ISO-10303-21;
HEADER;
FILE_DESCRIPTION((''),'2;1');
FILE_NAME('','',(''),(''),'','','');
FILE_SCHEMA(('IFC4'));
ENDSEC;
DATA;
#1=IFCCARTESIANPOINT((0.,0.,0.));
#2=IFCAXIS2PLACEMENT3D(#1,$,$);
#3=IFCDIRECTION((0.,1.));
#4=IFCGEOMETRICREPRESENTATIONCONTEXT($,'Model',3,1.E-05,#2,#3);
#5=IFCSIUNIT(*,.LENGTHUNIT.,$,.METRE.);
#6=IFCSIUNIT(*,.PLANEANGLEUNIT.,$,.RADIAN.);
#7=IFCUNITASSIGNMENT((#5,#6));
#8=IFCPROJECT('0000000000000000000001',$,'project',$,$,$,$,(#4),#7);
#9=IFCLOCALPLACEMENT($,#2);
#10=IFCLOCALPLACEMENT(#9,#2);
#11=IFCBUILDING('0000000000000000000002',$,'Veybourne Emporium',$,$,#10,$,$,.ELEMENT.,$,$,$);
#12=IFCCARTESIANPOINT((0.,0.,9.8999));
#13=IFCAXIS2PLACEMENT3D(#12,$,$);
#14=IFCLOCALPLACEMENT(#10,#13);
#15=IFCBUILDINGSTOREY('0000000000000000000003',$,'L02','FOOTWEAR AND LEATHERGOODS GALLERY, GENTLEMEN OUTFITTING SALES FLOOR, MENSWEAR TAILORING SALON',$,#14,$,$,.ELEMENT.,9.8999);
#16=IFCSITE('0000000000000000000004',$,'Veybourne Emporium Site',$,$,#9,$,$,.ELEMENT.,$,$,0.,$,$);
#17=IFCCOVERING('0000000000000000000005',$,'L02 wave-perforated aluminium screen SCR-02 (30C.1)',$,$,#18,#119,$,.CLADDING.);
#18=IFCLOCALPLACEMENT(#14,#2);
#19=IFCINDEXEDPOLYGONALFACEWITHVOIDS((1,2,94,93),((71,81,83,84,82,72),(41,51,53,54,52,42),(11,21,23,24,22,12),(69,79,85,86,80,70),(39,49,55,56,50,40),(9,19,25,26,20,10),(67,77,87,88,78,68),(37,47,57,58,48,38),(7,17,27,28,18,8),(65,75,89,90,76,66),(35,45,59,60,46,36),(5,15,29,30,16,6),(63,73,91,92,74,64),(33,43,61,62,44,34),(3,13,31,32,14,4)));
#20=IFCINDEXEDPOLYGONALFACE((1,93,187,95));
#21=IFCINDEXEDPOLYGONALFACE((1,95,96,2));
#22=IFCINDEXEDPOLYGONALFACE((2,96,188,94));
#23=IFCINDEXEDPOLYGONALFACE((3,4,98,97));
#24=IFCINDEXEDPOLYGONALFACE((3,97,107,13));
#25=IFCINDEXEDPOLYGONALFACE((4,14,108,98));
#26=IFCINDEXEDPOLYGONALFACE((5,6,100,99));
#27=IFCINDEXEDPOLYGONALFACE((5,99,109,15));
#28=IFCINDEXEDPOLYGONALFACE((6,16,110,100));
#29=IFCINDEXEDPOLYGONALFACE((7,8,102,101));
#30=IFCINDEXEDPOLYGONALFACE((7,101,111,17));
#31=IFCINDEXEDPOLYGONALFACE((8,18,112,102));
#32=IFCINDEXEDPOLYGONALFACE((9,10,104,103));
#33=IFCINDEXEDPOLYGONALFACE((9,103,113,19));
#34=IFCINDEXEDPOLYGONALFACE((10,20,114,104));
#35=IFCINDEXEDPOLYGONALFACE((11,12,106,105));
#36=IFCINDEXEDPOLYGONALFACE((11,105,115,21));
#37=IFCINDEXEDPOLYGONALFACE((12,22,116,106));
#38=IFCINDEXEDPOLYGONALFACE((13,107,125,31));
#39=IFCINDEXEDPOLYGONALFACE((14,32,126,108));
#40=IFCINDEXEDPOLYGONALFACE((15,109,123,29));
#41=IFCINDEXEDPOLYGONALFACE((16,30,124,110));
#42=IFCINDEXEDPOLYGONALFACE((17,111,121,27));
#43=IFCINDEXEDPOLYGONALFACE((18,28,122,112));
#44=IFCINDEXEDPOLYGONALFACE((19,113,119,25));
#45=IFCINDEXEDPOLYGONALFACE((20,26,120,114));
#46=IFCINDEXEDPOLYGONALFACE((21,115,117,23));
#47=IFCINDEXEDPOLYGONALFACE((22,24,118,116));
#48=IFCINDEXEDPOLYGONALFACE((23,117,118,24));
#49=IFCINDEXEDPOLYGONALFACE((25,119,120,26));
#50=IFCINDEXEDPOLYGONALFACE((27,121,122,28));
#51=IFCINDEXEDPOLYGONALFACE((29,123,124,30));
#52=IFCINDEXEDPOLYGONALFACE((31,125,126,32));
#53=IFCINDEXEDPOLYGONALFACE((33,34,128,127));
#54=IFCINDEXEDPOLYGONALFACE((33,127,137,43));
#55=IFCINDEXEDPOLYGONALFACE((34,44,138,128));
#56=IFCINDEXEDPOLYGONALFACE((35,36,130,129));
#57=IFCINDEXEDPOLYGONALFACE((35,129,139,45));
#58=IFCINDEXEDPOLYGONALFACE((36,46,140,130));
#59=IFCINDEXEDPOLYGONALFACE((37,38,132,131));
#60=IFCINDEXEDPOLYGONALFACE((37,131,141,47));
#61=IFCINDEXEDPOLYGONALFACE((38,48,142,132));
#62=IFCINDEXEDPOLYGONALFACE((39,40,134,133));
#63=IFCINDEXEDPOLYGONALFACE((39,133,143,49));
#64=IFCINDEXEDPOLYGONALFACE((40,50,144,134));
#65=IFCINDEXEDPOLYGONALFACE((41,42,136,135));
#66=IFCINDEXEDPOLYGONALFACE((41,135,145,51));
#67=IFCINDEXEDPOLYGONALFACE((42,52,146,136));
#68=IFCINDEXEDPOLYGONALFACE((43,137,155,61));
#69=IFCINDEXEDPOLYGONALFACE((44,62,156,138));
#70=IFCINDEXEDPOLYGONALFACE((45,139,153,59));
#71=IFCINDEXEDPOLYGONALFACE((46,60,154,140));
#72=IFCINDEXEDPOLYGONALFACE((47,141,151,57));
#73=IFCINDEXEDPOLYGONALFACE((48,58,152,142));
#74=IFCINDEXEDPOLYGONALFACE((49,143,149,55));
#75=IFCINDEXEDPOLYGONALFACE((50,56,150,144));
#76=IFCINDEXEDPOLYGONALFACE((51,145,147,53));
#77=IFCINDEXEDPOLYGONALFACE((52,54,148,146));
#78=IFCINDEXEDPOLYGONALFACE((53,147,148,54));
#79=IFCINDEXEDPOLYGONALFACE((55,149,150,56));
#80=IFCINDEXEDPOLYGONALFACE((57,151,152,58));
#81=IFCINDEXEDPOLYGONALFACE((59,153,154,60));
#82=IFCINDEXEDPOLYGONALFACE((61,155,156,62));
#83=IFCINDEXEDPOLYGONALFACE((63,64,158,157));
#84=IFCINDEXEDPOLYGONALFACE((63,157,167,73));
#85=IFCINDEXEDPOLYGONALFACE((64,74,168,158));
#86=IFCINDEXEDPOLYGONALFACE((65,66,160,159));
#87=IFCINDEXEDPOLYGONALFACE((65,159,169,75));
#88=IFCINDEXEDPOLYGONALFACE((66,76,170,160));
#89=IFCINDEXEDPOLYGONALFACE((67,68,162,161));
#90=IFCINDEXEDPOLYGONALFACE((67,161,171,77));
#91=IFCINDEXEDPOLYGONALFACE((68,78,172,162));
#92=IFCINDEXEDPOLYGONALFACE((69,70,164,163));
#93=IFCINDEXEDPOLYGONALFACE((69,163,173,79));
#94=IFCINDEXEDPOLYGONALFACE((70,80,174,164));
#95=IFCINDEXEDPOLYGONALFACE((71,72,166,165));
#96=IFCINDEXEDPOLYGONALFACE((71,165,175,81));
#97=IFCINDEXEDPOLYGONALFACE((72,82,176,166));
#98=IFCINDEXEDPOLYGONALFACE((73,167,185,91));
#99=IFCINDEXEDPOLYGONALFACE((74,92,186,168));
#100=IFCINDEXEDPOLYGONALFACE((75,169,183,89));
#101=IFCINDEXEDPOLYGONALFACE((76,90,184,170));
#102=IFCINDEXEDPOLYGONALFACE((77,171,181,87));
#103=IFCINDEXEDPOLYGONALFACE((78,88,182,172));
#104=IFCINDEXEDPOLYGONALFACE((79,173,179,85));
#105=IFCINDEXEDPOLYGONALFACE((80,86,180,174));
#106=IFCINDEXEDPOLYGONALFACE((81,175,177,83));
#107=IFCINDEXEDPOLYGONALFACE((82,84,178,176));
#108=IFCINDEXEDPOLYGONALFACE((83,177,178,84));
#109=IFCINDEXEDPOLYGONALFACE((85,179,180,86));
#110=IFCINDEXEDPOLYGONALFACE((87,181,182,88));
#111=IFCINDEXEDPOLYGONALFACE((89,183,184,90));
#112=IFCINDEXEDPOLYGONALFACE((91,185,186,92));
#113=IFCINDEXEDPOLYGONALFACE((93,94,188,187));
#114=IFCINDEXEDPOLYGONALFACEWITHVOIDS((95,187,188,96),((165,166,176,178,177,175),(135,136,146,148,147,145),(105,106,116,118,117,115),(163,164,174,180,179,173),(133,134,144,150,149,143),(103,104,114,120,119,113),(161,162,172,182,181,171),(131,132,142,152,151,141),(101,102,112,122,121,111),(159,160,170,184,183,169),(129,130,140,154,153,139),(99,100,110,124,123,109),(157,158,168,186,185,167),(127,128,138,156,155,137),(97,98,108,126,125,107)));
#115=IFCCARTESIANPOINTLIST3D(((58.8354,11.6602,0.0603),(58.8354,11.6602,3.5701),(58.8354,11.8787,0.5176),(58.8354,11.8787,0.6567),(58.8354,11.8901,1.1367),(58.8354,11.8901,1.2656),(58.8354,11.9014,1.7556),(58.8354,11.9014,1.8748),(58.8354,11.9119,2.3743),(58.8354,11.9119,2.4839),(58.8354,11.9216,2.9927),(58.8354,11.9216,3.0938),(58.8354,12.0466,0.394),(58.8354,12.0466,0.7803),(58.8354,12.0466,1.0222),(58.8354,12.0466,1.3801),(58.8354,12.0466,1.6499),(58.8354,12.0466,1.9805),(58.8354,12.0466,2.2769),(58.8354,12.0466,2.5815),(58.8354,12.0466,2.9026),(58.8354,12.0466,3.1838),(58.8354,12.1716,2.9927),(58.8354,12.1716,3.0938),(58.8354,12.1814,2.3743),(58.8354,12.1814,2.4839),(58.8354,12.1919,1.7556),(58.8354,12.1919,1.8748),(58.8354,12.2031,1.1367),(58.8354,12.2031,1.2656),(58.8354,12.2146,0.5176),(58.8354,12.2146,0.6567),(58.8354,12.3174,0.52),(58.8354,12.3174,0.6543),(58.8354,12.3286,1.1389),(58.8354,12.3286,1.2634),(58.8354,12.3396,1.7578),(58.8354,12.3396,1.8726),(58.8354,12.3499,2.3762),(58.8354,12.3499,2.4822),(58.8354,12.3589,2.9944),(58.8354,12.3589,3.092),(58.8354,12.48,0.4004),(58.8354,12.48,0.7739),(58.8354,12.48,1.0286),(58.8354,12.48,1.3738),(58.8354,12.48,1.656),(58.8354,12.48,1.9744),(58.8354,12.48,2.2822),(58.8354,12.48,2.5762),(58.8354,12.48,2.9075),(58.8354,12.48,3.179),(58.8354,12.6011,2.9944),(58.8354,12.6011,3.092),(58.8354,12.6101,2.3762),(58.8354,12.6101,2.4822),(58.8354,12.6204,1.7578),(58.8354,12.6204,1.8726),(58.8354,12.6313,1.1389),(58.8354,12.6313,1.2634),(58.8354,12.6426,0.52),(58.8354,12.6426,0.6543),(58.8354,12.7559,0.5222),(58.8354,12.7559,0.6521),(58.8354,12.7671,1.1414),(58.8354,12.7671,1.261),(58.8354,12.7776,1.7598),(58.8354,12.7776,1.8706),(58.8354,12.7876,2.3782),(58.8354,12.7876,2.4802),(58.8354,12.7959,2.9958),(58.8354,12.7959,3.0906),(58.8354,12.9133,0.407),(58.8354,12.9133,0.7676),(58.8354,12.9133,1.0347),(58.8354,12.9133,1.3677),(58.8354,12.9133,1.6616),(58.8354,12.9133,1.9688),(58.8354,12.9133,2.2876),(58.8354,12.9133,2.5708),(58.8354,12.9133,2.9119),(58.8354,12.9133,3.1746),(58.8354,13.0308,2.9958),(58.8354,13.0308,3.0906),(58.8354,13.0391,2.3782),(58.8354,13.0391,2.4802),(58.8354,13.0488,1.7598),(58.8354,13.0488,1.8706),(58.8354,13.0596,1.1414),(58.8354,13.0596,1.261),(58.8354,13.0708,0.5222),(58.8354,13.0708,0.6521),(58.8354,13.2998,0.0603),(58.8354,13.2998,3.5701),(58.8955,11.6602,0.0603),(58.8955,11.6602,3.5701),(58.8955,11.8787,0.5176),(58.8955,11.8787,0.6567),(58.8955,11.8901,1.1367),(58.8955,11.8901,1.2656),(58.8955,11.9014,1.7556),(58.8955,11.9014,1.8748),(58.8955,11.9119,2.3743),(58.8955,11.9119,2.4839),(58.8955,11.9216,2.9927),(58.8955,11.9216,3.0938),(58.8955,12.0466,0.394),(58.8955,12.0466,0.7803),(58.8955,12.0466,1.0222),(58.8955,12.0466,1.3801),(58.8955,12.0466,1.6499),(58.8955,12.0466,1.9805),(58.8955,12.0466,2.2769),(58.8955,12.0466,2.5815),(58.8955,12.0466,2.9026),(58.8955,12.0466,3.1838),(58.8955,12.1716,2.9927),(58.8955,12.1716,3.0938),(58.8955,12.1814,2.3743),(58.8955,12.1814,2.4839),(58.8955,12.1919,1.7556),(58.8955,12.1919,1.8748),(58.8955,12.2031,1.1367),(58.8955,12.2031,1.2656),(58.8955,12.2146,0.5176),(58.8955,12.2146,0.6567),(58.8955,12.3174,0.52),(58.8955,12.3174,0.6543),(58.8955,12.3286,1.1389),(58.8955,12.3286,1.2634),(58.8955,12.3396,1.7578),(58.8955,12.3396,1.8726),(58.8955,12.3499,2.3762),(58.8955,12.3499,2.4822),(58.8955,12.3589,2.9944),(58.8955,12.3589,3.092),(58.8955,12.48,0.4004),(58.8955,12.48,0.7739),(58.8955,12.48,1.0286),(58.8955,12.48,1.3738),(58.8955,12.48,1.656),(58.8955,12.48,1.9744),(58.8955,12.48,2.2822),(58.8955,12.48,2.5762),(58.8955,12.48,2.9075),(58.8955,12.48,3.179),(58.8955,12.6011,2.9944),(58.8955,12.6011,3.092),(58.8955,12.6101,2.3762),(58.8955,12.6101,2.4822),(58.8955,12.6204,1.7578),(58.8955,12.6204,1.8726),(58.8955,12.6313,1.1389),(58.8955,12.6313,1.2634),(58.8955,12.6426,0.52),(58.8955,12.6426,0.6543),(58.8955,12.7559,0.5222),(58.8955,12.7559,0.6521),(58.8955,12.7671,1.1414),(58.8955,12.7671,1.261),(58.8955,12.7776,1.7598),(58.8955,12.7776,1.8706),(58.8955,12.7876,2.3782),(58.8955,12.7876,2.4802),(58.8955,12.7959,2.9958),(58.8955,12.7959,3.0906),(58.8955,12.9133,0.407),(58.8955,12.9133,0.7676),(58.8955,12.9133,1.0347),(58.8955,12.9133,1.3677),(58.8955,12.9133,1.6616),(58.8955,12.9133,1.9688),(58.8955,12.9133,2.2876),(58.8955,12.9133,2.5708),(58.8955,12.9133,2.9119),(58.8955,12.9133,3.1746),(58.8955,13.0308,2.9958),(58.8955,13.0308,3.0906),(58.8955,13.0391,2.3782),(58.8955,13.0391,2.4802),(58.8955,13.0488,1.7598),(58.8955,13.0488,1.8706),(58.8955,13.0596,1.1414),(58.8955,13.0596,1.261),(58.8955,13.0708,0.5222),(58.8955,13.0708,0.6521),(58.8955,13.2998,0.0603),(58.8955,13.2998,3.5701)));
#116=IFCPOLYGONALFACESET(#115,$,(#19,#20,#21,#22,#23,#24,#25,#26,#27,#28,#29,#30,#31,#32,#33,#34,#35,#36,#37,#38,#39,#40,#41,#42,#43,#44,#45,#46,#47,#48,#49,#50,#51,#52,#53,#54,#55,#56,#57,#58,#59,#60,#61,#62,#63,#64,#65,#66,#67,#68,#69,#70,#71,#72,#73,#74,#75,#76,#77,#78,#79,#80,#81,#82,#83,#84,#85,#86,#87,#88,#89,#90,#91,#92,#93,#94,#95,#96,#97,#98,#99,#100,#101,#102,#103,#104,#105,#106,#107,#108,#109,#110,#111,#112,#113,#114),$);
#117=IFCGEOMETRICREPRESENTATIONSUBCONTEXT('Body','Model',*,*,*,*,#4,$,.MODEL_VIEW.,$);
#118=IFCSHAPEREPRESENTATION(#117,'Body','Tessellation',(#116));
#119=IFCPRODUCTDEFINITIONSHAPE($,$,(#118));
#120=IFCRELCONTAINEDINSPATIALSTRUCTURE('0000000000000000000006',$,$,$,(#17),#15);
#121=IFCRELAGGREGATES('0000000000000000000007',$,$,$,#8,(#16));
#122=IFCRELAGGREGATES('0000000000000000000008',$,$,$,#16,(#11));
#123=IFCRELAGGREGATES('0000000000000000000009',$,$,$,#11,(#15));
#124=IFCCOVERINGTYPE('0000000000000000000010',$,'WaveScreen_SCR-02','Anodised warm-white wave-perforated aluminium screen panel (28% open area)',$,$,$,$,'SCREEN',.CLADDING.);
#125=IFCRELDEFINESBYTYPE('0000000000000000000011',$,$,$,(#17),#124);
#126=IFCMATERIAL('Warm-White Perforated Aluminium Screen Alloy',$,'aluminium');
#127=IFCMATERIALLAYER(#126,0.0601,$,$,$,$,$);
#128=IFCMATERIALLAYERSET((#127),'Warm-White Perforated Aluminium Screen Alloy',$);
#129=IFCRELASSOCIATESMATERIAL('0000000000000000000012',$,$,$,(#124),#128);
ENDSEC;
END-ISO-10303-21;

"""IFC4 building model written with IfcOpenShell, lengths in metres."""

from ifc_helpers import new_model, si_unit, direction, frame, origin, place, context, subcontext, project, spatial, polyline, outline, extrude, material, layer, layer_set, type_object, element, save


model = new_model("IFC4")

# Units and contexts
model_context = context("Model", 3, precision=1e-05, world=origin(), true_north=direction((0.0, 1.0)))
body_context = subcontext(model_context, "Body", "Model", "MODEL_VIEW")
ifc_project = project(units=[si_unit("LENGTHUNIT", "METRE"), si_unit("PLANEANGLEUNIT", "RADIAN")], contexts=[model_context])

# Site, building, storey
site_placement = place(None, origin())
site = spatial("IfcSite", under=ifc_project, at=site_placement, Name="Veybourne Emporium Site", CompositionType="ELEMENT", RefElevation=0.0)
building_placement = place(site_placement, origin())
building = spatial("IfcBuilding", under=site, at=building_placement, Name="Veybourne Emporium", CompositionType="ELEMENT")
storey_placement = place(building_placement, frame((0.0, 0.0, 9.8999)))
storey = spatial("IfcBuildingStorey", under=building, at=storey_placement, Name="L02", Description="FOOTWEAR AND LEATHERGOODS GALLERY, GENTLEMEN OUTFITTING SALES FLOOR, MENSWEAR TAILORING SALON", CompositionType="ELEMENT", Elevation=9.8999)

# Covering
ifc_material_1 = material(Name="Warm-White Perforated Aluminium Screen Alloy", Category="aluminium")
ifc_layer_1 = layer(ifc_material_1, 0.0601)
ifc_layer_set_1 = layer_set([ifc_layer_1], Name="Warm-White Perforated Aluminium Screen Alloy")
covering_type_1 = type_object("IfcCoveringType", Name="WaveScreen_SCR-02", Description="Anodised warm-white wave-perforated aluminium screen panel (28% open area)", ElementType="SCREEN", PredefinedType="CLADDING", material=ifc_layer_set_1)
covering_1_placement = place(storey_placement, frame((58.8955, 12.48, 1.8152), z_axis=(-1.0, 0.0, 0.0), x_axis=(0.0, -1.0, 0.0)))
element("IfcCovering", 1, at=covering_1_placement, inside=storey, type_object=covering_type_1, Name="L02 wave-perforated aluminium screen SCR-02 (30C.1)", PredefinedType="CLADDING", context=body_context, shape_type="SweptSolid", body=[
    extrude(outline(polyline([(-0.8198, -1.7549), (0.8198, -1.7549), (0.8198, 1.7549), (-0.8198, 1.7549), (-0.8198, -1.7549)]), holes=[polyline([(-0.4333, -1.0476), (-0.2759, -1.1631), (-0.2759, -1.293), (-0.4333, -1.4082), (-0.5908, -1.293), (-0.5908, -1.1631), (-0.4333, -1.0476)]), polyline([(-0.4333, -0.4475), (-0.2871, -0.5542), (-0.2871, -0.6738), (-0.4333, -0.7805), (-0.5796, -0.6738), (-0.5796, -0.5542), (-0.4333, -0.4475)]), polyline([(-0.4333, 0.1536), (-0.2976, 0.0554), (-0.2976, -0.0554), (-0.4333, -0.1536), (-0.5688, -0.0554), (-0.5688, 0.0554), (-0.4333, 0.1536)]), polyline([(-0.4333, 0.7556), (-0.3076, 0.665), (-0.3076, 0.563), (-0.4333, 0.4724), (-0.5591, 0.563), (-0.5591, 0.665), (-0.4333, 0.7556)]), polyline([(-0.4333, 1.3594), (-0.3159, 1.2754), (-0.3159, 1.1807), (-0.4333, 1.0967), (-0.5508, 1.1807), (-0.5508, 1.2754), (-0.4333, 1.3594)]), polyline([(0.0, -1.0413), (0.1626, -1.1609), (0.1626, -1.2952), (0.0, -1.4148), (-0.1626, -1.2952), (-0.1626, -1.1609), (0.0, -1.0413)]), polyline([(0.0, -0.4414), (0.1514, -0.5518), (0.1514, -0.6763), (0.0, -0.7866), (-0.1514, -0.6763), (-0.1514, -0.5518), (0.0, -0.4414)]), polyline([(0.0, 0.1592), (0.1404, 0.0574), (0.1404, -0.0574), (0.0, -0.1592), (-0.1404, -0.0574), (-0.1404, 0.0574), (0.0, 0.1592)]), polyline([(0.0, 0.761), (0.1301, 0.667), (0.1301, 0.561), (0.0, 0.467), (-0.1301, 0.561), (-0.1301, 0.667), (0.0, 0.761)]), polyline([(0.0, 1.3638), (0.1211, 1.2769), (0.1211, 1.1792), (0.0, 1.0923), (-0.1211, 1.1792), (-0.1211, 1.2769), (0.0, 1.3638)]), polyline([(0.4333, -1.0349), (0.6013, -1.1584), (0.6013, -1.2976), (0.4333, -1.4211), (0.2654, -1.2976), (0.2654, -1.1584), (0.4333, -1.0349)]), polyline([(0.4333, -0.4351), (0.5898, -0.5496), (0.5898, -0.6785), (0.4333, -0.793), (0.2769, -0.6785), (0.2769, -0.5496), (0.4333, -0.4351)]), polyline([(0.4333, 0.1653), (0.5786, 0.0596), (0.5786, -0.0596), (0.4333, -0.1653), (0.2881, -0.0596), (0.2881, 0.0596), (0.4333, 0.1653)]), polyline([(0.4333, 0.7664), (0.5681, 0.6687), (0.5681, 0.5591), (0.4333, 0.4617), (0.2986, 0.5591), (0.2986, 0.6687), (0.4333, 0.7664)]), polyline([(0.4333, 1.3687), (0.5583, 1.2786), (0.5583, 1.1775), (0.4333, 1.0874), (0.3083, 1.1775), (0.3083, 1.2786), (0.4333, 1.3687)])]), origin(), (0.0, 0.0, 1.0), 0.0601),
])

save(model, "model.ifc")
